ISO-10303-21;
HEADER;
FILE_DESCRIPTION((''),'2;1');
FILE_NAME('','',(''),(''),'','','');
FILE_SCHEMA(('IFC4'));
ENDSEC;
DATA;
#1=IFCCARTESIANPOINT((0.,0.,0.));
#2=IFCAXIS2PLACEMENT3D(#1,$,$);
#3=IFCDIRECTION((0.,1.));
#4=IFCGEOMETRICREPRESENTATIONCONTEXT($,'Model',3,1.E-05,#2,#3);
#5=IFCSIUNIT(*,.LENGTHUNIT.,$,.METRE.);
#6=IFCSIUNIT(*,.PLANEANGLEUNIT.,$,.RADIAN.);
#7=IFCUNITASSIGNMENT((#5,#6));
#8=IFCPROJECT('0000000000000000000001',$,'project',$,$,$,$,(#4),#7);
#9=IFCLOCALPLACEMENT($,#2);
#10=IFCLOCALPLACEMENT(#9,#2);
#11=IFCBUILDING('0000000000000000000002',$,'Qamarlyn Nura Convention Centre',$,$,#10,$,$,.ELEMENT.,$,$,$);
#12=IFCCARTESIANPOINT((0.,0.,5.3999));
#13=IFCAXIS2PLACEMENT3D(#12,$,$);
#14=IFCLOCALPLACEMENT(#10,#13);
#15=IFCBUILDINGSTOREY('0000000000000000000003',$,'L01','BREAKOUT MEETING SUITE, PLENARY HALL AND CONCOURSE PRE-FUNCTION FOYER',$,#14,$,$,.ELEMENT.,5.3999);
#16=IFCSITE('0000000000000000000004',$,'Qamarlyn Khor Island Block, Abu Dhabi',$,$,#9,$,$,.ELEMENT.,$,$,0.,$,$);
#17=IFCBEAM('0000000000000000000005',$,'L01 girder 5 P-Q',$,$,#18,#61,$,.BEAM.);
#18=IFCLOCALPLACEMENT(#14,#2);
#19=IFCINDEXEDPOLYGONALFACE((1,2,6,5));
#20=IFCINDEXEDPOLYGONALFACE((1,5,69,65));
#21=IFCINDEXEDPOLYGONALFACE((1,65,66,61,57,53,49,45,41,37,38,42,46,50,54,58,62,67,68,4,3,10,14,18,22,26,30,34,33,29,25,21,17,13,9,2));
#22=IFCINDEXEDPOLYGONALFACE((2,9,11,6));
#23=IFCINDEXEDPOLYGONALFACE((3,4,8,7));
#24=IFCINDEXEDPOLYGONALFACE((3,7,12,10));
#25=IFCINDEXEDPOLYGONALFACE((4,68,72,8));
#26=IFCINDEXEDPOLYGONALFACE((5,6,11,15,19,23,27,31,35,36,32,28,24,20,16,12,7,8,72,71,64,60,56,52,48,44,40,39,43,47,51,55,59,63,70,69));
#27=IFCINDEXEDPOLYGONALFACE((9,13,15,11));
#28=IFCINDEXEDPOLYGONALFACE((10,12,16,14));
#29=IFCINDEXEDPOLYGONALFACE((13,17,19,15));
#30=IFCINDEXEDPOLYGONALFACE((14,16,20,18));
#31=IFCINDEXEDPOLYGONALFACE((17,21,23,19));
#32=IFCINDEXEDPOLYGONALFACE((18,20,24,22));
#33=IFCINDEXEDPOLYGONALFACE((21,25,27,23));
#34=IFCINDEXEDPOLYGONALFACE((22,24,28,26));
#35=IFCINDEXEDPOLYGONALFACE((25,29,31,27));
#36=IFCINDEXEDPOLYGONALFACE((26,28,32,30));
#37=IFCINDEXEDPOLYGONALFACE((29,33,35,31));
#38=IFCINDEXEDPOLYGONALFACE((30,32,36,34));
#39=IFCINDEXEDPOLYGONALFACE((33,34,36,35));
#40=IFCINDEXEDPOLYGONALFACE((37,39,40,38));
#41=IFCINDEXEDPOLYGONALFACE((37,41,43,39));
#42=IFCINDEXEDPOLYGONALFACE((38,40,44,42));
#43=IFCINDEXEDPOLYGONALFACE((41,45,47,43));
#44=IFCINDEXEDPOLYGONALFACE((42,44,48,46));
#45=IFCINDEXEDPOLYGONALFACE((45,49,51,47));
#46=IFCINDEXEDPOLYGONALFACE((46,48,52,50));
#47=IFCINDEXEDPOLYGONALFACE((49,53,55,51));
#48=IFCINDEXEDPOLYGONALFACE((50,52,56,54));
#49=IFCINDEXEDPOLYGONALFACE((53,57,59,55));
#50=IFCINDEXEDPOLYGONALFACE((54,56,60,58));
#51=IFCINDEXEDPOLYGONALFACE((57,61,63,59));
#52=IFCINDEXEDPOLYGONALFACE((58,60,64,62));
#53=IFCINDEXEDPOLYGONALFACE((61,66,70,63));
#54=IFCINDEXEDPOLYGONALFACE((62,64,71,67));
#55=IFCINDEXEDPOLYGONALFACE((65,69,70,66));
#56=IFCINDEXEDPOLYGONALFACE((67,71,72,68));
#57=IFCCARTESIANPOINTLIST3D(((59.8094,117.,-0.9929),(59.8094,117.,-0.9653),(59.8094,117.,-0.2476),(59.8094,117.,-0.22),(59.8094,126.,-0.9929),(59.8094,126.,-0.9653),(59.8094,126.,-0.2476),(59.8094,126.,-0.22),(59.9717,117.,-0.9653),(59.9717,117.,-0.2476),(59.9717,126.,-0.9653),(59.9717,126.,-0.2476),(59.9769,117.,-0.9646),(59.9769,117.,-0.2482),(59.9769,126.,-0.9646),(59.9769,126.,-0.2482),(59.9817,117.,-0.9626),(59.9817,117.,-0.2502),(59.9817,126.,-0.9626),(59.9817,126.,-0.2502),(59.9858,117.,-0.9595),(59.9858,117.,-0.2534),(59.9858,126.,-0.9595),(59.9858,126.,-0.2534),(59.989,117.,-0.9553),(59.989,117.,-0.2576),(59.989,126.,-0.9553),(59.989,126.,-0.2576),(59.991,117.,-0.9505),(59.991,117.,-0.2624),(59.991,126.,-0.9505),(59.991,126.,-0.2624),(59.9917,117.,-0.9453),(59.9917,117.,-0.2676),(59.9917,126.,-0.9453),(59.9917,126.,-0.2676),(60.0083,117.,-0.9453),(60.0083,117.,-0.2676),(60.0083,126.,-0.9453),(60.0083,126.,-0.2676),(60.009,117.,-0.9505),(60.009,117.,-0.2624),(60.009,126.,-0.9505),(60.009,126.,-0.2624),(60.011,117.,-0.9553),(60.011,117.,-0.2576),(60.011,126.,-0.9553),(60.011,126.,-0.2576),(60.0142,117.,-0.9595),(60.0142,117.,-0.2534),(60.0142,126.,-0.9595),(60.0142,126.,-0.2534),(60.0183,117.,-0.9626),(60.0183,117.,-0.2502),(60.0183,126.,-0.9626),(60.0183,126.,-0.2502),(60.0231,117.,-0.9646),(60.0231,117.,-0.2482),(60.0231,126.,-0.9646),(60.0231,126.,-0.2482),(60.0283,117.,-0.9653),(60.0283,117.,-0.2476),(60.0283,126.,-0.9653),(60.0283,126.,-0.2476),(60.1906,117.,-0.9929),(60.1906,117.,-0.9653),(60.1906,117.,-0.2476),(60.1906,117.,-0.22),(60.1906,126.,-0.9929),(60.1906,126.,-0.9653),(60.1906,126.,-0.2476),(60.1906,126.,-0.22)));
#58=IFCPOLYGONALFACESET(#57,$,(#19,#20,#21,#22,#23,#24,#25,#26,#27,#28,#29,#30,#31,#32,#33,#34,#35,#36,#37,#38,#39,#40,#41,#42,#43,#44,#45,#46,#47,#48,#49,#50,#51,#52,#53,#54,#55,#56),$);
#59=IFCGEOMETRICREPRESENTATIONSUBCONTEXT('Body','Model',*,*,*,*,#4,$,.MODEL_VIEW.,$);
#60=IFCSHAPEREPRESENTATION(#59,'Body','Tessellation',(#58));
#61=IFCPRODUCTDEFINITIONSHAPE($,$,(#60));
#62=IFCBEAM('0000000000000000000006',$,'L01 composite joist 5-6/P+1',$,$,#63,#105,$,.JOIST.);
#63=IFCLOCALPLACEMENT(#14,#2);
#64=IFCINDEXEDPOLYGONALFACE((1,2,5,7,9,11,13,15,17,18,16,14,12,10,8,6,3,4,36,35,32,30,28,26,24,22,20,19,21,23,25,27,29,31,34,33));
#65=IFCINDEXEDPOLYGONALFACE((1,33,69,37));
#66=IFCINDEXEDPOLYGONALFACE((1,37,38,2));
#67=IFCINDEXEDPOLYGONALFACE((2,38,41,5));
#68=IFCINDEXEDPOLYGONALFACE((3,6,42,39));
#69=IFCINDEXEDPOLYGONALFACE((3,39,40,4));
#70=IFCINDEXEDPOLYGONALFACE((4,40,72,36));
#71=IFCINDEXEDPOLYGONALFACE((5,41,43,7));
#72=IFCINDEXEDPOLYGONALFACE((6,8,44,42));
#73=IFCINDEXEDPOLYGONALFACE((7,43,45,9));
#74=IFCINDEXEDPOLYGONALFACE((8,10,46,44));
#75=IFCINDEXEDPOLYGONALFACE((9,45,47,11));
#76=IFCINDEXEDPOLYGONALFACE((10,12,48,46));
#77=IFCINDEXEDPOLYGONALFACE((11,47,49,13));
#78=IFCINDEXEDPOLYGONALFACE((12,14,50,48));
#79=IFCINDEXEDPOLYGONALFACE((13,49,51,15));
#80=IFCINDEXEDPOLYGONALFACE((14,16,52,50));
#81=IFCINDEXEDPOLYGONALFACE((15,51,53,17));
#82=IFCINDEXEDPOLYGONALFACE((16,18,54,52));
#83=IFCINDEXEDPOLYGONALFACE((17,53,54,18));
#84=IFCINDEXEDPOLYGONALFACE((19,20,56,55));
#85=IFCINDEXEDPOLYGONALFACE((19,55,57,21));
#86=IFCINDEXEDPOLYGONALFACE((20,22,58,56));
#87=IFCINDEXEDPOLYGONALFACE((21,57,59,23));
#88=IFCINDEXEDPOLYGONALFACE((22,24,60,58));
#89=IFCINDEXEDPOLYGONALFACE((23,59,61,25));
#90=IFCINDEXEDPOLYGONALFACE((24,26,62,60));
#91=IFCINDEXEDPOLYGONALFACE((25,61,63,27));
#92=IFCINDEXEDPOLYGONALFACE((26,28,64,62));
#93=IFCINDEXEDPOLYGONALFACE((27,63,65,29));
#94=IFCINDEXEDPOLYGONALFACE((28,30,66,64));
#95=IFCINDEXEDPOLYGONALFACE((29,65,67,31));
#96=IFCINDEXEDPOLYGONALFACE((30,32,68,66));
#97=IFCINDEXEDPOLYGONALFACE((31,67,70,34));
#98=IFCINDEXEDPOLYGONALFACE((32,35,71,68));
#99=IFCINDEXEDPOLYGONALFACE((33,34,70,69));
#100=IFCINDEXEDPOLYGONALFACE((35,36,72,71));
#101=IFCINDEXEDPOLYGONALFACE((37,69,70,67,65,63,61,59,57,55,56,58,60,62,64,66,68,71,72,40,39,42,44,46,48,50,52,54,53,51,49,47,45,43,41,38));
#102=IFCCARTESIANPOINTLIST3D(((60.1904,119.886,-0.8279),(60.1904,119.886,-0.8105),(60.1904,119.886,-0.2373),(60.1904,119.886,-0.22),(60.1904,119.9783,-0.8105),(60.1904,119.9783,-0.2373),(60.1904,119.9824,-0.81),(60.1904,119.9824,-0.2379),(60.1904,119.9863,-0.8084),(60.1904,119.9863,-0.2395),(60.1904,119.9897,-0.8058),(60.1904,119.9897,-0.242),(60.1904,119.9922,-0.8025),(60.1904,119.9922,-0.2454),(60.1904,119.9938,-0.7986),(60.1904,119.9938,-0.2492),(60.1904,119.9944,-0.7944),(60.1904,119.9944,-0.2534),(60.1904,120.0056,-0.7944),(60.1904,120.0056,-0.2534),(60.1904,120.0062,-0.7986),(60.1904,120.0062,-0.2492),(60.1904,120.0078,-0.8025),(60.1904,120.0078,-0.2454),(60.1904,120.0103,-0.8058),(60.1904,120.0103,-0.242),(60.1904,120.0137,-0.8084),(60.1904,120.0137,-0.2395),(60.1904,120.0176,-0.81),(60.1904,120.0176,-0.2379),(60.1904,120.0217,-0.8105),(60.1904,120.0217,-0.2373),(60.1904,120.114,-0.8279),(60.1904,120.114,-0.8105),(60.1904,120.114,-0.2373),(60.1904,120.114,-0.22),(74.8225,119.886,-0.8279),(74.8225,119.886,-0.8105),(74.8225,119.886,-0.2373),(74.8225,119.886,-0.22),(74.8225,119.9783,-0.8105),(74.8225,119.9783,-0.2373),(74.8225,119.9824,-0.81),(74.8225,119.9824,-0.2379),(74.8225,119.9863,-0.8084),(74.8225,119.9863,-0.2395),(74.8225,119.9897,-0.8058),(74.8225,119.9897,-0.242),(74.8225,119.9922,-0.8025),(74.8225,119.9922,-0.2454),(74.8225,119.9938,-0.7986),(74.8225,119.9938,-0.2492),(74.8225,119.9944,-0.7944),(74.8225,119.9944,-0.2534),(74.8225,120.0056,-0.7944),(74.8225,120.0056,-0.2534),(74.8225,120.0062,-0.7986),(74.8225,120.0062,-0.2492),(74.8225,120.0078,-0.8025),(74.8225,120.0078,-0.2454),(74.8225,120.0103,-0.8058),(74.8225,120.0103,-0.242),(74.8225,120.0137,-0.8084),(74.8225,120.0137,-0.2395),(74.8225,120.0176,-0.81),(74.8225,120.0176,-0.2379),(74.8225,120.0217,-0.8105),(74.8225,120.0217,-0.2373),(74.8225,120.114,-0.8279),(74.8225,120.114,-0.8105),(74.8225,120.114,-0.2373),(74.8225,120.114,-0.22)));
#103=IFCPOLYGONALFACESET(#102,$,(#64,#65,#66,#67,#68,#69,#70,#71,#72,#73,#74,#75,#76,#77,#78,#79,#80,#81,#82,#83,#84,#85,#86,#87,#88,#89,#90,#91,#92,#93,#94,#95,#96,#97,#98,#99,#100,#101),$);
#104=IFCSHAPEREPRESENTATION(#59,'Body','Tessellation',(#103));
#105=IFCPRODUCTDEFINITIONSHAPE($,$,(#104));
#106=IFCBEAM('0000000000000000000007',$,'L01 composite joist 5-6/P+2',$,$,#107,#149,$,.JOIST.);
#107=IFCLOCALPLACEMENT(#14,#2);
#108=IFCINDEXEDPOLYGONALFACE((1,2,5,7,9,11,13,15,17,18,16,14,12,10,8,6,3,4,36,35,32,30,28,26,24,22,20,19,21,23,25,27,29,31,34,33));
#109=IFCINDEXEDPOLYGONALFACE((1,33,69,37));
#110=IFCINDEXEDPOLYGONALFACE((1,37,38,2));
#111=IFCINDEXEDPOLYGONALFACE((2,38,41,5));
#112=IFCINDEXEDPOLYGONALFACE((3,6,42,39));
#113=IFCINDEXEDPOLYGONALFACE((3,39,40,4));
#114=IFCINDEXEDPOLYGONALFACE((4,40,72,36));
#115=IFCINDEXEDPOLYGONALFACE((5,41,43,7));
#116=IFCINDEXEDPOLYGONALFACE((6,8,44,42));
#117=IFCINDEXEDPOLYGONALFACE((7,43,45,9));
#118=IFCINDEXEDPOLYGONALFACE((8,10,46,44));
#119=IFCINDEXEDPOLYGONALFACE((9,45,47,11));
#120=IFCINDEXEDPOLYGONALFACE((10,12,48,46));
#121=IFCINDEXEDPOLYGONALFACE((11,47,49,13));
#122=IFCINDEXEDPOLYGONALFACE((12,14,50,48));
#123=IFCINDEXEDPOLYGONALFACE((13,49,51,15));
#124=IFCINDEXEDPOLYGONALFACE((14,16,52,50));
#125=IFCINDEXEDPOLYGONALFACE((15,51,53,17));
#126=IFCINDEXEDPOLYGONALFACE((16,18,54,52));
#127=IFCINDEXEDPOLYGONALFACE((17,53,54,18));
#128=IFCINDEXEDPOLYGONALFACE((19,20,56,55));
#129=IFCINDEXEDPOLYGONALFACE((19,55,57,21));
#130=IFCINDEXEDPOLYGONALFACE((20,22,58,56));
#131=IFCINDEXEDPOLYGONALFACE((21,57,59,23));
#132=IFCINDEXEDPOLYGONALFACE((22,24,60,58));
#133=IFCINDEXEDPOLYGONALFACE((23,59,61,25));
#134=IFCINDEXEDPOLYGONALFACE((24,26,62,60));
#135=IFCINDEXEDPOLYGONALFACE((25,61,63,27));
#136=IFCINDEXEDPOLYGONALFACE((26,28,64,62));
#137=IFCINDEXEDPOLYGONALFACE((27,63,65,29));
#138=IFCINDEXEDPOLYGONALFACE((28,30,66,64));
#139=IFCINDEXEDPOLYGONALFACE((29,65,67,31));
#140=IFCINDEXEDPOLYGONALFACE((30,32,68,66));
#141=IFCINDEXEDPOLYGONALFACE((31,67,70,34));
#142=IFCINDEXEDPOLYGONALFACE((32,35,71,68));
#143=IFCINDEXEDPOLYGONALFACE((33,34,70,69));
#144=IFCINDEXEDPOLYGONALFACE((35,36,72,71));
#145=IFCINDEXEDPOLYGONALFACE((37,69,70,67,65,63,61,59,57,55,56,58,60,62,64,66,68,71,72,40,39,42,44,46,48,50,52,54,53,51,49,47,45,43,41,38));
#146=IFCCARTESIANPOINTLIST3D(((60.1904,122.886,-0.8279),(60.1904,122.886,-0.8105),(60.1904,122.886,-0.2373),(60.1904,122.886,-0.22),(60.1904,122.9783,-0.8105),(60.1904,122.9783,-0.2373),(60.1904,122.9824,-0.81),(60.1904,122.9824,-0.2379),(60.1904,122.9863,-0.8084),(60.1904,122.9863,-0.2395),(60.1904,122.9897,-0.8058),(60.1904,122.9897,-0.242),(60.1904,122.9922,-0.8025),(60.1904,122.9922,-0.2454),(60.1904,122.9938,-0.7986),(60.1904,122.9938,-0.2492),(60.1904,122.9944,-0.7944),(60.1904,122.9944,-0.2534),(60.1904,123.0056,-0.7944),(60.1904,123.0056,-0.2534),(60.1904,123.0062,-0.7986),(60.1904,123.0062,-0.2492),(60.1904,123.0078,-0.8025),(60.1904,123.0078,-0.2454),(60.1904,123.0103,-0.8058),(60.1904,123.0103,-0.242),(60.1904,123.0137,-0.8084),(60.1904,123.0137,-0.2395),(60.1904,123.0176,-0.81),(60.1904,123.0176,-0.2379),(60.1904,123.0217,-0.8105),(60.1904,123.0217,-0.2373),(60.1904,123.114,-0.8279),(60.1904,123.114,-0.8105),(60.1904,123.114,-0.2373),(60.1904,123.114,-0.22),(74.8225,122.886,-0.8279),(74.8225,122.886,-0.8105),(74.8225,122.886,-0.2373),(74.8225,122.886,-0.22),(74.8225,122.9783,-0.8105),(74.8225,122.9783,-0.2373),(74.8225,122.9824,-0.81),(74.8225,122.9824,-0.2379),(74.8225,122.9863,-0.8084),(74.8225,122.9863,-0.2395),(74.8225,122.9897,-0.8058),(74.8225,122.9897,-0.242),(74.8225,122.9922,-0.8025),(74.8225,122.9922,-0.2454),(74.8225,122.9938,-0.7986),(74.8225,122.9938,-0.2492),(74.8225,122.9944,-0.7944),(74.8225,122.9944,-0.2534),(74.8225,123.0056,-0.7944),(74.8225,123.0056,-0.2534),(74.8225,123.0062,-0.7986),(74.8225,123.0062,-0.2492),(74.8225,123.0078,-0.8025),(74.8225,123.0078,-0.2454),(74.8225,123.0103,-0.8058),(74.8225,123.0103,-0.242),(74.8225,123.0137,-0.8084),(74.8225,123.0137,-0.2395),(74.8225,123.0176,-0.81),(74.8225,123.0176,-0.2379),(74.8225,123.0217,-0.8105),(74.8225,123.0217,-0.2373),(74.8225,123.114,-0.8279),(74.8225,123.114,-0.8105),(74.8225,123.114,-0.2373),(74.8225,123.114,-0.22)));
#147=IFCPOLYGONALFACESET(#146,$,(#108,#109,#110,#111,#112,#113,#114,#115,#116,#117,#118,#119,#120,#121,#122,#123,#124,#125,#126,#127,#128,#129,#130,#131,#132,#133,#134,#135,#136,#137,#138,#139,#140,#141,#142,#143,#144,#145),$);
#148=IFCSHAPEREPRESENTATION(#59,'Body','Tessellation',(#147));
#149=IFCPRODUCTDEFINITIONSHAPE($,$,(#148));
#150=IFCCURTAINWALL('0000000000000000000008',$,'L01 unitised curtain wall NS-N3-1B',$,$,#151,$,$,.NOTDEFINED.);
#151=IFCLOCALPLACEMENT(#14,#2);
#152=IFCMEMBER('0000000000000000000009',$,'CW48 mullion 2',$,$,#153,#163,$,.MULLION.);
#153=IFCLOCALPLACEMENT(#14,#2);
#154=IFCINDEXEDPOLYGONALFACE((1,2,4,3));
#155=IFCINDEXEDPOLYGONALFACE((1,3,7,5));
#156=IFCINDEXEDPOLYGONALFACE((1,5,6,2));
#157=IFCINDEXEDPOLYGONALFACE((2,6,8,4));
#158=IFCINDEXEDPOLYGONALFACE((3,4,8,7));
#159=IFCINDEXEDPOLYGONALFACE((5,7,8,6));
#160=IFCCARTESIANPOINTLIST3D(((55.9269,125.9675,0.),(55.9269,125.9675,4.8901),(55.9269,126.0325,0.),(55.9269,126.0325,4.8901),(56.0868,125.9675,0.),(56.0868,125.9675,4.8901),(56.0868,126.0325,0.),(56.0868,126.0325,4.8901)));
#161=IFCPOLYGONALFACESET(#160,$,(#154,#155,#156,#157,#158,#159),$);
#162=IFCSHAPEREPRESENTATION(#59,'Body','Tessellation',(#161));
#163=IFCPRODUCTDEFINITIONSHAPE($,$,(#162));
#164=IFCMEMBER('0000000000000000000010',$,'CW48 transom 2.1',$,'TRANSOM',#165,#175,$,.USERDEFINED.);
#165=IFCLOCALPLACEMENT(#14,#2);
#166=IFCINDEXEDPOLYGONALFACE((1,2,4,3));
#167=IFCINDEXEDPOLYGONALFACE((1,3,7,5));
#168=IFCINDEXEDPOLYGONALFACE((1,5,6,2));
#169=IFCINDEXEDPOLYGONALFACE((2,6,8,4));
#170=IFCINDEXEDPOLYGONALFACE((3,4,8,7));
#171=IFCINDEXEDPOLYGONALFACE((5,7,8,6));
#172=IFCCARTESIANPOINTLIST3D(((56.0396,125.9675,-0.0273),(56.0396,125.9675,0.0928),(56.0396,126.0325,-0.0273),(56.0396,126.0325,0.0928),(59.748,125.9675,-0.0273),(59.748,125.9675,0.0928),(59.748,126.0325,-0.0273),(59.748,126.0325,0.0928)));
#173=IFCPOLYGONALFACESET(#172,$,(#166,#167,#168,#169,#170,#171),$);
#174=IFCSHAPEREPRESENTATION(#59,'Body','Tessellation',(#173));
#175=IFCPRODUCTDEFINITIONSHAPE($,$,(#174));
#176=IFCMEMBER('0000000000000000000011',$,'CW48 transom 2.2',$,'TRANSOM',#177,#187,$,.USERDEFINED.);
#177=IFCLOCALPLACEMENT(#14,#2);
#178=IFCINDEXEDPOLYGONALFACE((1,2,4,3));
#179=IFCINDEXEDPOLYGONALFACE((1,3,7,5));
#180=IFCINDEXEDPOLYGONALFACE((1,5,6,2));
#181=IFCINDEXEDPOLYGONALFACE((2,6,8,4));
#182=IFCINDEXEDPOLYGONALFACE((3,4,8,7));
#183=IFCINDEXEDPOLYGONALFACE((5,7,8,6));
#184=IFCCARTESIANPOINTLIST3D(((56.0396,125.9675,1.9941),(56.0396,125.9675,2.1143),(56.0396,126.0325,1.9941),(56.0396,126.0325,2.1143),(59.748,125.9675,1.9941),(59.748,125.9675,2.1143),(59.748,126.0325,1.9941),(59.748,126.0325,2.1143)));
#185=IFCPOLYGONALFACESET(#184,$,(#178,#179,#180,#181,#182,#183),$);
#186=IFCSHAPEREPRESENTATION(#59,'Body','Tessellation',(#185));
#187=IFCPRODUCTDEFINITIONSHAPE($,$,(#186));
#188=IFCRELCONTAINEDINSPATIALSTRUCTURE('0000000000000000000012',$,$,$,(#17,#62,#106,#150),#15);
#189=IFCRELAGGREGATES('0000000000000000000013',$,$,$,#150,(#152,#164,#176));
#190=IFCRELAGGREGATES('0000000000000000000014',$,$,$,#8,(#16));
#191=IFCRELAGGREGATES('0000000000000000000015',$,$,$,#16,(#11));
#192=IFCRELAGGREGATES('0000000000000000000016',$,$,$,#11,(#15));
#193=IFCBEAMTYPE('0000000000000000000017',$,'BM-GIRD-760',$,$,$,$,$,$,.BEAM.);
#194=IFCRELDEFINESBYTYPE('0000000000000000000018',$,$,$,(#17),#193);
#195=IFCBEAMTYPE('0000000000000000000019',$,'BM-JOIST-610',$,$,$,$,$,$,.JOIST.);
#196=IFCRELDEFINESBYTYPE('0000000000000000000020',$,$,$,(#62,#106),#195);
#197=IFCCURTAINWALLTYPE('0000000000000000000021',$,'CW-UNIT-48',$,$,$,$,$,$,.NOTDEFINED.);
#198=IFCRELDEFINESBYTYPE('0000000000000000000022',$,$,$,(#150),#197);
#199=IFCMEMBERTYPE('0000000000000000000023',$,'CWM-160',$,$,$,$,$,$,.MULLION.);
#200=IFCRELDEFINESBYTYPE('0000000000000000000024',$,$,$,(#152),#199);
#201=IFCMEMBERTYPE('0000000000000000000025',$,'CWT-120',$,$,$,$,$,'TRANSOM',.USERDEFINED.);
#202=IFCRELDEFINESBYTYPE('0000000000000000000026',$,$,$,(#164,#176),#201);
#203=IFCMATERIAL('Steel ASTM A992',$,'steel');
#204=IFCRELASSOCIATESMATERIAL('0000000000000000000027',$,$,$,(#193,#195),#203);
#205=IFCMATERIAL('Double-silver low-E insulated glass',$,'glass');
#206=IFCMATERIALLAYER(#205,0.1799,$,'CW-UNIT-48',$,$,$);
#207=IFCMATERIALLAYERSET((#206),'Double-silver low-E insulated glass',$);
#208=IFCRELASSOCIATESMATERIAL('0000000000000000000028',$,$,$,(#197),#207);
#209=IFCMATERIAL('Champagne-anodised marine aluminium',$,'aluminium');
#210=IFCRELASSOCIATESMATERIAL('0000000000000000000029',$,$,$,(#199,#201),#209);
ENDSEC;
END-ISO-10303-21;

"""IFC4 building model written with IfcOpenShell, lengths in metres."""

from ifc_helpers import new_model, si_unit, direction, frame, origin, origin_2d, place, context, subcontext, project, spatial, rectangle, i_section, extrude, material, layer, layer_set, material_profile, profile_set, type_object, element, aggregate, save


model = new_model("IFC4")

# Units and contexts
model_context = context("Model", 3, precision=1e-05, world=origin(), true_north=direction((0.0, 1.0)))
body_context = subcontext(model_context, "Body", "Model", "MODEL_VIEW")
ifc_project = project(units=[si_unit("LENGTHUNIT", "METRE"), si_unit("PLANEANGLEUNIT", "RADIAN")], contexts=[model_context])

# Site, building, storey
site_placement = place(None, origin())
site = spatial("IfcSite", under=ifc_project, at=site_placement, Name="Qamarlyn Khor Island Block, Abu Dhabi", CompositionType="ELEMENT", RefElevation=0.0)
building_placement = place(site_placement, origin())
building = spatial("IfcBuilding", under=site, at=building_placement, Name="Qamarlyn Nura Convention Centre", CompositionType="ELEMENT")
storey_placement = place(building_placement, frame((0.0, 0.0, 5.3999)))
storey = spatial("IfcBuildingStorey", under=building, at=storey_placement, Name="L01", Description="BREAKOUT MEETING SUITE, PLENARY HALL AND CONCOURSE PRE-FUNCTION FOYER", CompositionType="ELEMENT", Elevation=5.3999)

# Shared definitions
ifc_material_1 = material(Name="Steel ASTM A992", Category="steel")

# Beams
ifc_material_profile_1 = material_profile(ifc_material_1, i_section(OverallWidth=0.3811, OverallDepth=0.7729, WebThickness=0.0166, FlangeThickness=0.0276, FilletRadius=0.02, at=origin_2d()), Name="W760X257")
ifc_profile_set_1 = profile_set([ifc_material_profile_1], Name="Steel ASTM A992")
beam_type_1 = type_object("IfcBeamType", Name="BM-GIRD-760", PredefinedType="BEAM", material=ifc_profile_set_1)
beam_1_placement = place(storey_placement, frame((60.0, 117.0, -0.6064), z_axis=(0.0, 1.0, 0.0), x_axis=(-1.0, 0.0, 0.0)))
element("IfcBeam", 1, at=beam_1_placement, inside=storey, type_object=beam_type_1, Name="L01 girder 5 P-Q", PredefinedType="BEAM", context=body_context, shape_type="SweptSolid", body=[
    extrude(i_section(OverallWidth=0.3811, OverallDepth=0.7729, WebThickness=0.0166, FlangeThickness=0.0276, FilletRadius=0.02, at=origin_2d()), origin(), (0.0, 0.0, 1.0), 9.0),
])
ifc_material_profile_2 = material_profile(ifc_material_1, i_section(OverallWidth=0.228, OverallDepth=0.6079, WebThickness=0.0112, FlangeThickness=0.0173, FilletRadius=0.0161, at=origin_2d()), Name="W610X113")
ifc_profile_set_2 = profile_set([ifc_material_profile_2], Name="Steel ASTM A992")
beam_type_2 = type_object("IfcBeamType", Name="BM-JOIST-610", PredefinedType="JOIST", material=ifc_profile_set_2)
for number, where, z_axis, x_axis, name in (
    (2, (60.1904, 120.0, -0.5239), (1.0, 0.0, 0.0), (0.0, 1.0, 0.0), "L01 composite joist 5-6/P+1"),
    (3, (60.1904, 123.0, -0.5239), (1.0, 0.0, 0.0), (0.0, 1.0, 0.0), "L01 composite joist 5-6/P+2"),
):
    element("IfcBeam", number, at=place(storey_placement, frame(where, z_axis=z_axis, x_axis=x_axis)), inside=storey, type_object=beam_type_2, Name=name, PredefinedType="JOIST", context=body_context, shape_type="SweptSolid", body=[
        extrude(i_section(OverallWidth=0.228, OverallDepth=0.6079, WebThickness=0.0112, FlangeThickness=0.0173, FilletRadius=0.0161, at=origin_2d()), origin(), (0.0, 0.0, 1.0), 14.6321),
    ])

# Curtain wall, members
ifc_material_2 = material(Name="Double-silver low-E insulated glass", Category="glass")
ifc_layer_1 = layer(ifc_material_2, 0.1799, Name="CW-UNIT-48")
ifc_layer_set_1 = layer_set([ifc_layer_1], Name="Double-silver low-E insulated glass")
curtain_wall_type = type_object("IfcCurtainWallType", Name="CW-UNIT-48", PredefinedType="NOTDEFINED", material=ifc_layer_set_1)
curtain_wall_placement = place(storey_placement, origin())
curtain_wall = element("IfcCurtainWall", 4, at=curtain_wall_placement, inside=storey, type_object=curtain_wall_type, Name="L01 unitised curtain wall NS-N3-1B", PredefinedType="NOTDEFINED")
ifc_material_3 = material(Name="Champagne-anodised marine aluminium", Category="aluminium")
ifc_material_profile_3 = material_profile(ifc_material_3, rectangle(XDim=0.0649, YDim=0.1599, at=origin_2d()), Name="ALU MULLION 65x160")
ifc_profile_set_3 = profile_set([ifc_material_profile_3], Name="Champagne-anodised marine aluminium")
member_type_1 = type_object("IfcMemberType", Name="CWM-160", PredefinedType="MULLION", material=ifc_profile_set_3)
member_1_placement = place(storey_placement, frame((56.0068, 126.0, 0.0), z_axis=(0.0, 0.0, 1.0), x_axis=(0.0, 1.0, 0.0)))
member_1 = element("IfcMember", 5, at=member_1_placement, type_object=member_type_1, Name="CW48 mullion 2", PredefinedType="MULLION", context=body_context, shape_type="SweptSolid", body=[
    extrude(rectangle(XDim=0.0649, YDim=0.1599, at=origin_2d()), origin(), (0.0, 0.0, 1.0), 4.8901),
])
ifc_material_profile_4 = material_profile(ifc_material_3, rectangle(XDim=0.0649, YDim=0.1201, at=origin_2d()), Name="ALU TRANSOM 65x120")
ifc_profile_set_4 = profile_set([ifc_material_profile_4], Name="Champagne-anodised marine aluminium")
member_type_2 = type_object("IfcMemberType", Name="CWT-120", ElementType="TRANSOM", PredefinedType="USERDEFINED", material=ifc_profile_set_4)
member_2_placement = place(storey_placement, frame((56.0396, 126.0, 0.0327), z_axis=(1.0, 0.0, 0.0), x_axis=(0.0, 1.0, 0.0)))
member_2 = element("IfcMember", 6, at=member_2_placement, type_object=member_type_2, Name="CW48 transom 2.1", ObjectType="TRANSOM", PredefinedType="USERDEFINED", context=body_context, shape_type="SweptSolid", body=[
    extrude(rectangle(XDim=0.0649, YDim=0.1201, at=origin_2d()), origin(), (0.0, 0.0, 1.0), 3.7085),
])
member_3_placement = place(storey_placement, frame((56.0396, 126.0, 2.0542), z_axis=(1.0, 0.0, 0.0), x_axis=(0.0, 1.0, 0.0)))
member_3 = element("IfcMember", 7, at=member_3_placement, type_object=member_type_2, Name="CW48 transom 2.2", ObjectType="TRANSOM", PredefinedType="USERDEFINED", context=body_context, shape_type="SweptSolid", body=[
    extrude(rectangle(XDim=0.0649, YDim=0.1201, at=origin_2d()), origin(), (0.0, 0.0, 1.0), 3.7085),
])
aggregate(curtain_wall, [member_1, member_2, member_3])

save(model, "model.ifc")
